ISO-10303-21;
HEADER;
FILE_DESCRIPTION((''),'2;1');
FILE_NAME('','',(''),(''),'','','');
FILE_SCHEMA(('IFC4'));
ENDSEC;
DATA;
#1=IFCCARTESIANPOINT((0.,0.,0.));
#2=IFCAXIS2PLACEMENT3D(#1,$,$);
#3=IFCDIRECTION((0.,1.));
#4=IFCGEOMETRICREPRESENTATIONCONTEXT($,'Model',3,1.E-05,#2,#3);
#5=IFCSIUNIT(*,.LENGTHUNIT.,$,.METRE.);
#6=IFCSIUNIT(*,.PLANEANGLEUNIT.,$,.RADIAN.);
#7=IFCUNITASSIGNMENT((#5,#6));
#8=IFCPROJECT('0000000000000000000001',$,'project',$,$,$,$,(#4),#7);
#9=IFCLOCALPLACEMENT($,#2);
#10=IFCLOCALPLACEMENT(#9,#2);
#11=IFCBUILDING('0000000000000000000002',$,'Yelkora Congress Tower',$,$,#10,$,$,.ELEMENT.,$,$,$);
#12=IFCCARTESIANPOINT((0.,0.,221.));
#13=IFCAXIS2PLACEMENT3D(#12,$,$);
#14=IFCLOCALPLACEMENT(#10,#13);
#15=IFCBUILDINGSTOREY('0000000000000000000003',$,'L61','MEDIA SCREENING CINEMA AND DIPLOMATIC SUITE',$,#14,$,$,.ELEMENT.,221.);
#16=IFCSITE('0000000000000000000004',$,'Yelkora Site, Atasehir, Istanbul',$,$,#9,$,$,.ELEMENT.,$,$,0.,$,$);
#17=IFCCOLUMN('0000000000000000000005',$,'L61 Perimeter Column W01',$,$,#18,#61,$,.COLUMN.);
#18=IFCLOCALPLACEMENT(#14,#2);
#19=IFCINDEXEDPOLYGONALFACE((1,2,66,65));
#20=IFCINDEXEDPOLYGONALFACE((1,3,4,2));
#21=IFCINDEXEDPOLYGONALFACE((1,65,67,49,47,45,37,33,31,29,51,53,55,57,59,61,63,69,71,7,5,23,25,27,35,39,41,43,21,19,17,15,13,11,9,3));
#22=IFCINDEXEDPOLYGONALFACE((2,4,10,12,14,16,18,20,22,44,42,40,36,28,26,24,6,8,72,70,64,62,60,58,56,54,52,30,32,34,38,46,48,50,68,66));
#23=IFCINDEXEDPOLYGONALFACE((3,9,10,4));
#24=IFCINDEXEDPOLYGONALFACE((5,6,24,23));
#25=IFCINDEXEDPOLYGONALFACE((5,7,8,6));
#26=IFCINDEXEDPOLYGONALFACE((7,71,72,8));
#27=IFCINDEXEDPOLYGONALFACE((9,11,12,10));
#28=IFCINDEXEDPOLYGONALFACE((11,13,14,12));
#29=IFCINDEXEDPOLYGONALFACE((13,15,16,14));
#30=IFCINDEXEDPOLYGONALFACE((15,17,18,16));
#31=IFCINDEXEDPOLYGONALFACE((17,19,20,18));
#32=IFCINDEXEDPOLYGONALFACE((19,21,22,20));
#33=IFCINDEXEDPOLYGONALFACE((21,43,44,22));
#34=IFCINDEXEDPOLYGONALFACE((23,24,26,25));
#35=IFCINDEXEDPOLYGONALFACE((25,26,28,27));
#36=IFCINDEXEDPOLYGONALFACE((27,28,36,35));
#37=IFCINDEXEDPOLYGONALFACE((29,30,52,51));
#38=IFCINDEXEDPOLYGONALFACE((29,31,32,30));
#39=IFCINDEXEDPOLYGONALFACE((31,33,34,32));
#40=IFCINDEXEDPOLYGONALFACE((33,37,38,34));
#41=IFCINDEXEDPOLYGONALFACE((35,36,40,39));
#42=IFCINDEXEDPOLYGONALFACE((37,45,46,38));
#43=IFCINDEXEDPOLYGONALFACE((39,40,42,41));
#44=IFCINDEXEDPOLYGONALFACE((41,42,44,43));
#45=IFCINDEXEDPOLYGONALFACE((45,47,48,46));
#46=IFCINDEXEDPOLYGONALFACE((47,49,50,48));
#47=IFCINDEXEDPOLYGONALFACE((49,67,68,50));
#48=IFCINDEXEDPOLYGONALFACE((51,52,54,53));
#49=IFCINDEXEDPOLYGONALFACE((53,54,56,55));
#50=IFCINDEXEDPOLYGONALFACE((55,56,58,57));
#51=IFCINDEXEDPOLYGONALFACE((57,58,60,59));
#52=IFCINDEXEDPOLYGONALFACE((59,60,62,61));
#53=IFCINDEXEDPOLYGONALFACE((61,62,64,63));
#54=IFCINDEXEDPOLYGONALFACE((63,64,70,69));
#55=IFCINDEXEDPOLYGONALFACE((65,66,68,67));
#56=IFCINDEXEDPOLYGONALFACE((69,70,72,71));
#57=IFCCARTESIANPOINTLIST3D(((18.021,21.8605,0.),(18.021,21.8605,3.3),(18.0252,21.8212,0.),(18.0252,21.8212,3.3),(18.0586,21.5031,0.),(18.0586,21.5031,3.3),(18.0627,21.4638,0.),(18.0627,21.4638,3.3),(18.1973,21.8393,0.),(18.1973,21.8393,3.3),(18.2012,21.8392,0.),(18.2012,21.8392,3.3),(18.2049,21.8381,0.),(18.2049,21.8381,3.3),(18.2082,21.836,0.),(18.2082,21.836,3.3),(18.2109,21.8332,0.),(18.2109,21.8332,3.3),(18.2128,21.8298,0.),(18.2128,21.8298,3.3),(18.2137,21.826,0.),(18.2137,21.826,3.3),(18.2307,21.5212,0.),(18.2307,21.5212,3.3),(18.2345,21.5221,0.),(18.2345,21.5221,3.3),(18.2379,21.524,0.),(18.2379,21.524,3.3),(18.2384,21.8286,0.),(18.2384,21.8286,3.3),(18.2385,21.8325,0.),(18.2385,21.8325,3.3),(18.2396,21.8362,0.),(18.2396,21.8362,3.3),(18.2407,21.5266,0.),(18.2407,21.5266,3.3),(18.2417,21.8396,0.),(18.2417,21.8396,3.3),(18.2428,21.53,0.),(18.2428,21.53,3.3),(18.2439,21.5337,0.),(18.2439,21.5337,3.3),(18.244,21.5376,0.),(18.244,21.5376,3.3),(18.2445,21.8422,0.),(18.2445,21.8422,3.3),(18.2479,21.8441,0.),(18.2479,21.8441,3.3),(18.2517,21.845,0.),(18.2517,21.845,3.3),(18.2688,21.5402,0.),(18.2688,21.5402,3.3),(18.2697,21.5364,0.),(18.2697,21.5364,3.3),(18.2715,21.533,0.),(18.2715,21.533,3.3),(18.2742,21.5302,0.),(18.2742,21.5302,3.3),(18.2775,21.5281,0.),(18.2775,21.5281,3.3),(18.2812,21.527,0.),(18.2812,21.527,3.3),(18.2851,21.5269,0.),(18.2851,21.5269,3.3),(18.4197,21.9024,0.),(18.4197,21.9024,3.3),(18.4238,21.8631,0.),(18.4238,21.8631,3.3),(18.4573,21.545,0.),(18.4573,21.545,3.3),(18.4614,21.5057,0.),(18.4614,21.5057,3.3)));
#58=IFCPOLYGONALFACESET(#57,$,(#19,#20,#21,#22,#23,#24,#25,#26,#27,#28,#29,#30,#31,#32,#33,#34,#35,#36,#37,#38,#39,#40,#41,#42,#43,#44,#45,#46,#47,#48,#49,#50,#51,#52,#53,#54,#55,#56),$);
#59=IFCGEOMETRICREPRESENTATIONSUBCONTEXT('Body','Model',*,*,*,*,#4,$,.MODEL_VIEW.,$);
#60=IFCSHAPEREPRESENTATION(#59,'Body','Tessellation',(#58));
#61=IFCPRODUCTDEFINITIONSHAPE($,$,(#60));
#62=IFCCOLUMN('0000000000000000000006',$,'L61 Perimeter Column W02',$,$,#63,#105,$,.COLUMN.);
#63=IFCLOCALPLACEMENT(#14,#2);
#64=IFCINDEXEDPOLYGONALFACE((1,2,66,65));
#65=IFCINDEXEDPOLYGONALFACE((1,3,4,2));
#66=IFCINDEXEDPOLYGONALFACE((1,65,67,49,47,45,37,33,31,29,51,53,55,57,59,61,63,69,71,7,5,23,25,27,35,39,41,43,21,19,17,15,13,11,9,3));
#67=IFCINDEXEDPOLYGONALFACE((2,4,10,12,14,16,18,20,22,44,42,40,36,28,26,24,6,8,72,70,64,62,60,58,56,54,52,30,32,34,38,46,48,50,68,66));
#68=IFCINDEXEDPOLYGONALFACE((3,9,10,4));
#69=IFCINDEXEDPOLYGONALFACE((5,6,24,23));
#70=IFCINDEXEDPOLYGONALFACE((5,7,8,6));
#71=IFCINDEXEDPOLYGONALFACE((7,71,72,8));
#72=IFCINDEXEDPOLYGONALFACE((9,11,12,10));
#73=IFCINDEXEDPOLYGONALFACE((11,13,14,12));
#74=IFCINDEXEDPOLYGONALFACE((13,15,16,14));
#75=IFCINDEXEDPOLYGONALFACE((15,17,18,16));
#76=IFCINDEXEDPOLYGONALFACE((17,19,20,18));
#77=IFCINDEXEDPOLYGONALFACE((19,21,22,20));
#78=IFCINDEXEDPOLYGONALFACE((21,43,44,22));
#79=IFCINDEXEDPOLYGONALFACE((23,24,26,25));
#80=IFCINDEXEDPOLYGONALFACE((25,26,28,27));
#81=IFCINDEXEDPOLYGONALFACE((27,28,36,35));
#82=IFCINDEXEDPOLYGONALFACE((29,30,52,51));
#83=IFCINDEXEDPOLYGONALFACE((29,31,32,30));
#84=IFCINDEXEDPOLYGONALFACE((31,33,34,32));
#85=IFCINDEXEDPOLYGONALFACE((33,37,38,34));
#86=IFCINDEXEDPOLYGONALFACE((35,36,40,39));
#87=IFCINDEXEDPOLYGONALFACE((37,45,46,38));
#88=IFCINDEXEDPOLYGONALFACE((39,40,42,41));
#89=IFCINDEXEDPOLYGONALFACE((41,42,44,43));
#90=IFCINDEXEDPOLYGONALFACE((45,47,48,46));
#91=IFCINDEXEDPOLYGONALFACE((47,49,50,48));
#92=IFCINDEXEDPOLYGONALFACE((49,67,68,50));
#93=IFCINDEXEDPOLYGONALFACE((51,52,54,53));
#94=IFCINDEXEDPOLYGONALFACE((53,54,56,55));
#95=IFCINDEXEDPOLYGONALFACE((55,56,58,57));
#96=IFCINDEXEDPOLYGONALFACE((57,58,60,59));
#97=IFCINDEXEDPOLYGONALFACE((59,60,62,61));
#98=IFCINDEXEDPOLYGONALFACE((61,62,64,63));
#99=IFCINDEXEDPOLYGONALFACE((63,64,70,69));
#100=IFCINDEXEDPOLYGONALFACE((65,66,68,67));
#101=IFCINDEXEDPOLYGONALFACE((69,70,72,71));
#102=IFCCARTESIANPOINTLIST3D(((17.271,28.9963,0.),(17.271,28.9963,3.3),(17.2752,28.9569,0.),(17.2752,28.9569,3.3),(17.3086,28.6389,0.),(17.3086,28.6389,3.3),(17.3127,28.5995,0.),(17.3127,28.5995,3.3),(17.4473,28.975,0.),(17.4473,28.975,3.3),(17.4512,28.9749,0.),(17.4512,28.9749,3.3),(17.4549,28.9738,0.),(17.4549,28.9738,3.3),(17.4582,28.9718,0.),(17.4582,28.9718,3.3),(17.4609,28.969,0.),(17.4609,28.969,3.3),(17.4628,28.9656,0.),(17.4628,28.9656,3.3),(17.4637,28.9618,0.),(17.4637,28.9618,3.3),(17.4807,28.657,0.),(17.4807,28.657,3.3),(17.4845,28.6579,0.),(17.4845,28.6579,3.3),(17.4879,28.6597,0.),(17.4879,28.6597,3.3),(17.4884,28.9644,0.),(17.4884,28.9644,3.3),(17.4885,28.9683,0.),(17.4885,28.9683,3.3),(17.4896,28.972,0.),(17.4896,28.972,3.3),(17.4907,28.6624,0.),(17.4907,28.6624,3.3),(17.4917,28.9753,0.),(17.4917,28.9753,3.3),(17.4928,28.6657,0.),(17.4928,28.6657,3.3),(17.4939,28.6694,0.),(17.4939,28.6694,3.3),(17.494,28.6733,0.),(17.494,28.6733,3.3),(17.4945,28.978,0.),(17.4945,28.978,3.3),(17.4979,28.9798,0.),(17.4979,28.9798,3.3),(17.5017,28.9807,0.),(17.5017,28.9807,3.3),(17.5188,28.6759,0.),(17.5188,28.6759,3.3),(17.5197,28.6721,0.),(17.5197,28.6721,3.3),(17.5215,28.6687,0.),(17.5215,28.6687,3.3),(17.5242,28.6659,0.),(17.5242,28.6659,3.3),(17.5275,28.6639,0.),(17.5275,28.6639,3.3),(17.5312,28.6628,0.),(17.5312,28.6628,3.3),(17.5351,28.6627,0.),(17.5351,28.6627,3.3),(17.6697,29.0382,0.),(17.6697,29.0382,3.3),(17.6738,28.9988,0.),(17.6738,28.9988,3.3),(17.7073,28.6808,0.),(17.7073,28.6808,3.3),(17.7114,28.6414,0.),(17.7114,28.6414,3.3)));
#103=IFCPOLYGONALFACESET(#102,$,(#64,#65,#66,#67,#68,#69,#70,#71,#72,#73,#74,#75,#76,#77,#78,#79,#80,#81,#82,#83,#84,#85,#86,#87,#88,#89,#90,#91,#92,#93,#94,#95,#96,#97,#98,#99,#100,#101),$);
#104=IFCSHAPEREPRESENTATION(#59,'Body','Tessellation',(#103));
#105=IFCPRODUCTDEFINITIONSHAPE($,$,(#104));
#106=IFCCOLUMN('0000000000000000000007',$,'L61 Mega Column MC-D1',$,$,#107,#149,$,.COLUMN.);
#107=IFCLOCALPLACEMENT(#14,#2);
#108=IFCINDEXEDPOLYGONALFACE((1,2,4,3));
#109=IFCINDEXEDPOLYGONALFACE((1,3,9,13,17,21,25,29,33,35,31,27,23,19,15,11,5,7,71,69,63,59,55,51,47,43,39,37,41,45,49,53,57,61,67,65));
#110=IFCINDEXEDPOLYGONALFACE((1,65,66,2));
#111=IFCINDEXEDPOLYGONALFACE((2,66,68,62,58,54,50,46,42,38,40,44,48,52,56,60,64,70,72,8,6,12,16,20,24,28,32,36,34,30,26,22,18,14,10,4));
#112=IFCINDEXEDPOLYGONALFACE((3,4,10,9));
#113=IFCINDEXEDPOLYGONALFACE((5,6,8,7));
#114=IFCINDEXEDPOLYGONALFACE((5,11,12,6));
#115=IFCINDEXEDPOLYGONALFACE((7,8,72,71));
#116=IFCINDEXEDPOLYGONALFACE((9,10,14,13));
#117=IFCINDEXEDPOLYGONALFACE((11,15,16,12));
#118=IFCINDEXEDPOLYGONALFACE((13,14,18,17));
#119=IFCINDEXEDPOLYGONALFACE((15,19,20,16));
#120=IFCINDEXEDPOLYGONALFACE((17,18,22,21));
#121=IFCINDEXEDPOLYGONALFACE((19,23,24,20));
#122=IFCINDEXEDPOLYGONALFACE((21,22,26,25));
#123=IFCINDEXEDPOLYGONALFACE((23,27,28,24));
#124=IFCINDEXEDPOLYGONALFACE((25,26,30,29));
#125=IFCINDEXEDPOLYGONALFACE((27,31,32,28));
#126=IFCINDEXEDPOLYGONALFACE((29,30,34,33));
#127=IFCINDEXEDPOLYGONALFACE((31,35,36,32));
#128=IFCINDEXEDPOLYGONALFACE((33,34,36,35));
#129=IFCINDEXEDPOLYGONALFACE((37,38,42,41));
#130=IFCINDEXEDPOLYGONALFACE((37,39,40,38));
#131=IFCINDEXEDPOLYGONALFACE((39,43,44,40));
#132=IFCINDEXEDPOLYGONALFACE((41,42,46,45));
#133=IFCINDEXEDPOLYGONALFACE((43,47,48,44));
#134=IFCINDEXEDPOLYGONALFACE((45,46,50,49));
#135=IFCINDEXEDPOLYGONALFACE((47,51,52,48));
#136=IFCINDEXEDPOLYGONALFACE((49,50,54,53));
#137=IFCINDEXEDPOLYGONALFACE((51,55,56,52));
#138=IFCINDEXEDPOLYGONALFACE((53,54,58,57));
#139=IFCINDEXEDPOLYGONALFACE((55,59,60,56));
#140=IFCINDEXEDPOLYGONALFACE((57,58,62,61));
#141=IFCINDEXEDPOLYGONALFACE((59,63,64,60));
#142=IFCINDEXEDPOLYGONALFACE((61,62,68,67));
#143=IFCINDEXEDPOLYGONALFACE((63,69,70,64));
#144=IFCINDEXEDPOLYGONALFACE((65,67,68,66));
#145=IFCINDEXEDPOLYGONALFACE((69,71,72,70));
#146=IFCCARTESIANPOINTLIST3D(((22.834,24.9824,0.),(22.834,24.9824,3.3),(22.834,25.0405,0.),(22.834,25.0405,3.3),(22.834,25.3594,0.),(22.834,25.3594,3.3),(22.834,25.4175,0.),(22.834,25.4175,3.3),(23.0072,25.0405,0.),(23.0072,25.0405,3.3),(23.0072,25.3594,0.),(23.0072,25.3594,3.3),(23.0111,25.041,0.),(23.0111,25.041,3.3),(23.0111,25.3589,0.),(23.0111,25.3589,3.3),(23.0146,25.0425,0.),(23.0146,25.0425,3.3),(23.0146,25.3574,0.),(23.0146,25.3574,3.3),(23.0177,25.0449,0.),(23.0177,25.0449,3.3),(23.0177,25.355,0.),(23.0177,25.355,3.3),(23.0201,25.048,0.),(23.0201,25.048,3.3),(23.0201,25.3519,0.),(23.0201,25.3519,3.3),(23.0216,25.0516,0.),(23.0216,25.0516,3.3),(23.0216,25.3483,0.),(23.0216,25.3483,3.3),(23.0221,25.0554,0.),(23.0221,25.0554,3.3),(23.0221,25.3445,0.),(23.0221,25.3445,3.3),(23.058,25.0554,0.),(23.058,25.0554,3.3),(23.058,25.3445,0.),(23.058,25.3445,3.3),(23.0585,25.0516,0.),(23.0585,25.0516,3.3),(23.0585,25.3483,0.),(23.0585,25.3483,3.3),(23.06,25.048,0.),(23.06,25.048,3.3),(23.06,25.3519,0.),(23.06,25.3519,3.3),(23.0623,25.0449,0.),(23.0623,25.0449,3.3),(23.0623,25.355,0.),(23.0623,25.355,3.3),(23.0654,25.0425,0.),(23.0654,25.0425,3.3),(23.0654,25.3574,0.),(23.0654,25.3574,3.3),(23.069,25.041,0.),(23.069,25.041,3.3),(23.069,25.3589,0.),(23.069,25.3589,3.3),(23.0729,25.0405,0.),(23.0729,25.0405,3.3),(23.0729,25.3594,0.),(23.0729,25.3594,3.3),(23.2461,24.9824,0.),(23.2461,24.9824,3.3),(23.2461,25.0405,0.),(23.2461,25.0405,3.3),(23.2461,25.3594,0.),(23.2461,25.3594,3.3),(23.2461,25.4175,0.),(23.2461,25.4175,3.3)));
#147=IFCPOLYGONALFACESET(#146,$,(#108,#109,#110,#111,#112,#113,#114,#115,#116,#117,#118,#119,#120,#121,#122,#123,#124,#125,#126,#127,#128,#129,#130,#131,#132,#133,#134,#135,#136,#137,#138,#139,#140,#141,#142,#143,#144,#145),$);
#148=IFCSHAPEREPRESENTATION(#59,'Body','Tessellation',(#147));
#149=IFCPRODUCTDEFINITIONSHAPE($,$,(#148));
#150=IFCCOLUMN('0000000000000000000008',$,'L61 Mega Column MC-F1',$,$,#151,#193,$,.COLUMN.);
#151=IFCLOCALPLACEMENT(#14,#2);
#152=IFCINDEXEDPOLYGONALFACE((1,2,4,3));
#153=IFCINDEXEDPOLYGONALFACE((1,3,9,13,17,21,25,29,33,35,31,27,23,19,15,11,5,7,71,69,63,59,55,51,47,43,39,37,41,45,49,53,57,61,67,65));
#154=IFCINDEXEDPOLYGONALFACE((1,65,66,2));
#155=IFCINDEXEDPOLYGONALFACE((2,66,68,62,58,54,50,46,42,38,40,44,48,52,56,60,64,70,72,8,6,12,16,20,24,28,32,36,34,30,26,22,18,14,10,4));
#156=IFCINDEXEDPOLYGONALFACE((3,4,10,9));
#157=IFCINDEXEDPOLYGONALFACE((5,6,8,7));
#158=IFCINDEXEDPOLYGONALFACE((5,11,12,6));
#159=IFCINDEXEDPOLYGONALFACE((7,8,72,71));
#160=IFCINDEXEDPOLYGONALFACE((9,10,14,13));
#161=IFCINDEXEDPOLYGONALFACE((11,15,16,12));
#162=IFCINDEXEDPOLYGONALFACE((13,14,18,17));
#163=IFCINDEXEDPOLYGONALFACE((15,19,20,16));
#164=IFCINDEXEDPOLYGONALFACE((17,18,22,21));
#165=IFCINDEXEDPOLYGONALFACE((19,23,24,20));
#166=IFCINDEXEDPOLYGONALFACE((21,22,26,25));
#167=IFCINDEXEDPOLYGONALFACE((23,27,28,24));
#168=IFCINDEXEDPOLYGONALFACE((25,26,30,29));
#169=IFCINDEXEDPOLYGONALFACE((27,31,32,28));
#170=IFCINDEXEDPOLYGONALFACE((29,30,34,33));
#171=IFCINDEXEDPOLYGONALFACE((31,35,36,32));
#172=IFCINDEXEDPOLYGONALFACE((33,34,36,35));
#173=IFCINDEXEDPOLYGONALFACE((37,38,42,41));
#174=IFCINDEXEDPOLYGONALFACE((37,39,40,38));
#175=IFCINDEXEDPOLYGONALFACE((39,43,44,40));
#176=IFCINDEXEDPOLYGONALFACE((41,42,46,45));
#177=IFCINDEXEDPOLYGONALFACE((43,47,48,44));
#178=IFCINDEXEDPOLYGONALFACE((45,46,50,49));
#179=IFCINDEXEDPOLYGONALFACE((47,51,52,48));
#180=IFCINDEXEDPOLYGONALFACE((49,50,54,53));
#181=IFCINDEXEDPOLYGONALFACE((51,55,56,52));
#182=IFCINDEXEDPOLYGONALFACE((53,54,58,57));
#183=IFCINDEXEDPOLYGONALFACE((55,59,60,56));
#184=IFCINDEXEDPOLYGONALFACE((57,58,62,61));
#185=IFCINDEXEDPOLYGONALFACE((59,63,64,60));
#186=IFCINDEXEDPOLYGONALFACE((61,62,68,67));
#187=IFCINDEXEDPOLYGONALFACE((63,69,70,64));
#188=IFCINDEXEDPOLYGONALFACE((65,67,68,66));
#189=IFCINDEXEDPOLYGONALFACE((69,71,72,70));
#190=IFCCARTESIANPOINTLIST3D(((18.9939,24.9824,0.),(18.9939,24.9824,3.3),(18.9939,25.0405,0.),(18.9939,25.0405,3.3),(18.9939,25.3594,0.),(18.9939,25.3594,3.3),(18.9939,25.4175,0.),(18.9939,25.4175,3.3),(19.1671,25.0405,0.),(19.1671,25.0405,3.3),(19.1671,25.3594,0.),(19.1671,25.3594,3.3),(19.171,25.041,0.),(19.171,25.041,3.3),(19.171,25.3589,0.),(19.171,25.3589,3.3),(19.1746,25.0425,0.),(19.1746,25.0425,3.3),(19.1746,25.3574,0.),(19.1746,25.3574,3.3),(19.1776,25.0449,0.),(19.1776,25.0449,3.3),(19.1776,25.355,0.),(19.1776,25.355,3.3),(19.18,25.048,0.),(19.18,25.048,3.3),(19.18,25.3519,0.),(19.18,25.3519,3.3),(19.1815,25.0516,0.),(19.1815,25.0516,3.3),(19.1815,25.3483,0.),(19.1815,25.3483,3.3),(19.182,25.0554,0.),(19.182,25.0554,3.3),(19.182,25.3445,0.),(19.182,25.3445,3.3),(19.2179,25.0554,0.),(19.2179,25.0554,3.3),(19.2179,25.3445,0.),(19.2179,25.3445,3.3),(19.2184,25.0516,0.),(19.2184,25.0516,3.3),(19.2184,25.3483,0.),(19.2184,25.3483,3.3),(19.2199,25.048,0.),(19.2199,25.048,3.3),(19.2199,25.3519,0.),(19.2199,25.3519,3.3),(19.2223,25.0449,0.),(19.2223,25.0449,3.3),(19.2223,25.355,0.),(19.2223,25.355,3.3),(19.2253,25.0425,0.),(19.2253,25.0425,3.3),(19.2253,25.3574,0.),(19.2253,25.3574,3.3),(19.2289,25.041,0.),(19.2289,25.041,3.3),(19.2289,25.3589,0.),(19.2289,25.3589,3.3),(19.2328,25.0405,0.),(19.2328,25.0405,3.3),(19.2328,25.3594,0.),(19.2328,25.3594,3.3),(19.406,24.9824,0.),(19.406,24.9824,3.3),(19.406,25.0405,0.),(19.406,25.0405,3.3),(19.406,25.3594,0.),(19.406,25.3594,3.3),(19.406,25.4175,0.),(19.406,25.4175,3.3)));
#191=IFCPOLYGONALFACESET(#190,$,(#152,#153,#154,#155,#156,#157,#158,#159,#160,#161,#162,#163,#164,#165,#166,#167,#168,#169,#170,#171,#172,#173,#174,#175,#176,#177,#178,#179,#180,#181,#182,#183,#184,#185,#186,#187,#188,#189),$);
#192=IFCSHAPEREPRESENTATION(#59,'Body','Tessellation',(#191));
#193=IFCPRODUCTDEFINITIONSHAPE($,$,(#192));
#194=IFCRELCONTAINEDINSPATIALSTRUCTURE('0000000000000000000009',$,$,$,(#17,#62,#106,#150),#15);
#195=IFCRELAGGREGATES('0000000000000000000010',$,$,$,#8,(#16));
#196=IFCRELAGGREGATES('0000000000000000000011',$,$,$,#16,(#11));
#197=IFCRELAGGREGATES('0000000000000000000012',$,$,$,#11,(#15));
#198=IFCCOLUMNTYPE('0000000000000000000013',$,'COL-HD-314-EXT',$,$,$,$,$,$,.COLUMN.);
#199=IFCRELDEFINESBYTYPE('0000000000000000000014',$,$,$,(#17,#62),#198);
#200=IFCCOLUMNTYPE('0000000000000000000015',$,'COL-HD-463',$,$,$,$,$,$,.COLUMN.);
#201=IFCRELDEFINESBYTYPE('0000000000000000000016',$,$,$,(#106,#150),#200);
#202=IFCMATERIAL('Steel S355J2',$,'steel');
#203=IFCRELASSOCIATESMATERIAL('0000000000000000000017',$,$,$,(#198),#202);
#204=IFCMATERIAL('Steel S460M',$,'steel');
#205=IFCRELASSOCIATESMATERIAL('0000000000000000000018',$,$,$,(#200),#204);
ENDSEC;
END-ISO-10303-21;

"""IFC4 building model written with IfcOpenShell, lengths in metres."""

from ifc_helpers import new_model, si_unit, direction, frame, origin, origin_2d, place, context, subcontext, project, spatial, i_section, extrude, material, material_profile, profile_set, type_object, element, save


model = new_model("IFC4")

# Units and contexts
model_context = context("Model", 3, precision=1e-05, world=origin(), true_north=direction((0.0, 1.0)))
body_context = subcontext(model_context, "Body", "Model", "MODEL_VIEW")
ifc_project = project(units=[si_unit("LENGTHUNIT", "METRE"), si_unit("PLANEANGLEUNIT", "RADIAN")], contexts=[model_context])

# Site, building, storey
site_placement = place(None, origin())
site = spatial("IfcSite", under=ifc_project, at=site_placement, Name="Yelkora Site, Atasehir, Istanbul", CompositionType="ELEMENT", RefElevation=0.0)
building_placement = place(site_placement, origin())
building = spatial("IfcBuilding", under=site, at=building_placement, Name="Yelkora Congress Tower", CompositionType="ELEMENT")
storey_placement = place(building_placement, frame((0.0, 0.0, 221.0)))
storey = spatial("IfcBuildingStorey", under=building, at=storey_placement, Name="L61", Description="MEDIA SCREENING CINEMA AND DIPLOMATIC SUITE", CompositionType="ELEMENT", Elevation=221.0)

# Columns
ifc_material_1 = material(Name="Steel S355J2", Category="steel")
ifc_material_profile_1 = material_profile(ifc_material_1, i_section(OverallWidth=0.4009, OverallDepth=0.3989, WebThickness=0.0249, FlangeThickness=0.0396, FilletRadius=0.0149, at=origin_2d()), Name="HD 400x314")
ifc_profile_set_1 = profile_set([ifc_material_profile_1], Name="Steel S355J2")
column_type_1 = type_object("IfcColumnType", Name="COL-HD-314-EXT", PredefinedType="COLUMN", material=ifc_profile_set_1)
for number, where, z_axis, x_axis, name in (
    (1, (18.2412, 21.6831, 0.0), (0.0, 0.0, 1.0), (0.994522, 0.104528, 0.0), "L61 Perimeter Column W01"),
    (2, (17.4912, 28.8188, 0.0), (0.0, 0.0, 1.0), (0.994522, 0.104528, 0.0), "L61 Perimeter Column W02"),
):
    element("IfcColumn", number, at=place(storey_placement, frame(where, z_axis=z_axis, x_axis=x_axis)), inside=storey, type_object=column_type_1, Name=name, PredefinedType="COLUMN", context=body_context, shape_type="SweptSolid", body=[
        extrude(i_section(OverallWidth=0.4009, OverallDepth=0.3989, WebThickness=0.0249, FlangeThickness=0.0396, FilletRadius=0.0149, at=origin_2d()), origin(), (0.0, 0.0, 1.0), 3.3),
    ])
ifc_material_2 = material(Name="Steel S460M", Category="steel")
ifc_material_profile_2 = material_profile(ifc_material_2, i_section(OverallWidth=0.4121, OverallDepth=0.4351, WebThickness=0.0359, FlangeThickness=0.0581, FilletRadius=0.0149, at=origin_2d()), Name="HD 400x463")
ifc_profile_set_2 = profile_set([ifc_material_profile_2], Name="Steel S460M")
column_type_2 = type_object("IfcColumnType", Name="COL-HD-463", PredefinedType="COLUMN", material=ifc_profile_set_2)
for number, where, z_axis, x_axis, name in (
    (3, (23.04, 25.2, 0.0), (0.0, 0.0, 1.0), (1.0, 0.0, 0.0), "L61 Mega Column MC-D1"),
    (4, (19.2, 25.2, 0.0), (0.0, 0.0, 1.0), (1.0, 0.0, 0.0), "L61 Mega Column MC-F1"),
):
    element("IfcColumn", number, at=place(storey_placement, frame(where, z_axis=z_axis, x_axis=x_axis)), inside=storey, type_object=column_type_2, Name=name, PredefinedType="COLUMN", context=body_context, shape_type="SweptSolid", body=[
        extrude(i_section(OverallWidth=0.4121, OverallDepth=0.4351, WebThickness=0.0359, FlangeThickness=0.0581, FilletRadius=0.0149, at=origin_2d()), origin(), (0.0, 0.0, 1.0), 3.3),
    ])

save(model, "model.ifc")
